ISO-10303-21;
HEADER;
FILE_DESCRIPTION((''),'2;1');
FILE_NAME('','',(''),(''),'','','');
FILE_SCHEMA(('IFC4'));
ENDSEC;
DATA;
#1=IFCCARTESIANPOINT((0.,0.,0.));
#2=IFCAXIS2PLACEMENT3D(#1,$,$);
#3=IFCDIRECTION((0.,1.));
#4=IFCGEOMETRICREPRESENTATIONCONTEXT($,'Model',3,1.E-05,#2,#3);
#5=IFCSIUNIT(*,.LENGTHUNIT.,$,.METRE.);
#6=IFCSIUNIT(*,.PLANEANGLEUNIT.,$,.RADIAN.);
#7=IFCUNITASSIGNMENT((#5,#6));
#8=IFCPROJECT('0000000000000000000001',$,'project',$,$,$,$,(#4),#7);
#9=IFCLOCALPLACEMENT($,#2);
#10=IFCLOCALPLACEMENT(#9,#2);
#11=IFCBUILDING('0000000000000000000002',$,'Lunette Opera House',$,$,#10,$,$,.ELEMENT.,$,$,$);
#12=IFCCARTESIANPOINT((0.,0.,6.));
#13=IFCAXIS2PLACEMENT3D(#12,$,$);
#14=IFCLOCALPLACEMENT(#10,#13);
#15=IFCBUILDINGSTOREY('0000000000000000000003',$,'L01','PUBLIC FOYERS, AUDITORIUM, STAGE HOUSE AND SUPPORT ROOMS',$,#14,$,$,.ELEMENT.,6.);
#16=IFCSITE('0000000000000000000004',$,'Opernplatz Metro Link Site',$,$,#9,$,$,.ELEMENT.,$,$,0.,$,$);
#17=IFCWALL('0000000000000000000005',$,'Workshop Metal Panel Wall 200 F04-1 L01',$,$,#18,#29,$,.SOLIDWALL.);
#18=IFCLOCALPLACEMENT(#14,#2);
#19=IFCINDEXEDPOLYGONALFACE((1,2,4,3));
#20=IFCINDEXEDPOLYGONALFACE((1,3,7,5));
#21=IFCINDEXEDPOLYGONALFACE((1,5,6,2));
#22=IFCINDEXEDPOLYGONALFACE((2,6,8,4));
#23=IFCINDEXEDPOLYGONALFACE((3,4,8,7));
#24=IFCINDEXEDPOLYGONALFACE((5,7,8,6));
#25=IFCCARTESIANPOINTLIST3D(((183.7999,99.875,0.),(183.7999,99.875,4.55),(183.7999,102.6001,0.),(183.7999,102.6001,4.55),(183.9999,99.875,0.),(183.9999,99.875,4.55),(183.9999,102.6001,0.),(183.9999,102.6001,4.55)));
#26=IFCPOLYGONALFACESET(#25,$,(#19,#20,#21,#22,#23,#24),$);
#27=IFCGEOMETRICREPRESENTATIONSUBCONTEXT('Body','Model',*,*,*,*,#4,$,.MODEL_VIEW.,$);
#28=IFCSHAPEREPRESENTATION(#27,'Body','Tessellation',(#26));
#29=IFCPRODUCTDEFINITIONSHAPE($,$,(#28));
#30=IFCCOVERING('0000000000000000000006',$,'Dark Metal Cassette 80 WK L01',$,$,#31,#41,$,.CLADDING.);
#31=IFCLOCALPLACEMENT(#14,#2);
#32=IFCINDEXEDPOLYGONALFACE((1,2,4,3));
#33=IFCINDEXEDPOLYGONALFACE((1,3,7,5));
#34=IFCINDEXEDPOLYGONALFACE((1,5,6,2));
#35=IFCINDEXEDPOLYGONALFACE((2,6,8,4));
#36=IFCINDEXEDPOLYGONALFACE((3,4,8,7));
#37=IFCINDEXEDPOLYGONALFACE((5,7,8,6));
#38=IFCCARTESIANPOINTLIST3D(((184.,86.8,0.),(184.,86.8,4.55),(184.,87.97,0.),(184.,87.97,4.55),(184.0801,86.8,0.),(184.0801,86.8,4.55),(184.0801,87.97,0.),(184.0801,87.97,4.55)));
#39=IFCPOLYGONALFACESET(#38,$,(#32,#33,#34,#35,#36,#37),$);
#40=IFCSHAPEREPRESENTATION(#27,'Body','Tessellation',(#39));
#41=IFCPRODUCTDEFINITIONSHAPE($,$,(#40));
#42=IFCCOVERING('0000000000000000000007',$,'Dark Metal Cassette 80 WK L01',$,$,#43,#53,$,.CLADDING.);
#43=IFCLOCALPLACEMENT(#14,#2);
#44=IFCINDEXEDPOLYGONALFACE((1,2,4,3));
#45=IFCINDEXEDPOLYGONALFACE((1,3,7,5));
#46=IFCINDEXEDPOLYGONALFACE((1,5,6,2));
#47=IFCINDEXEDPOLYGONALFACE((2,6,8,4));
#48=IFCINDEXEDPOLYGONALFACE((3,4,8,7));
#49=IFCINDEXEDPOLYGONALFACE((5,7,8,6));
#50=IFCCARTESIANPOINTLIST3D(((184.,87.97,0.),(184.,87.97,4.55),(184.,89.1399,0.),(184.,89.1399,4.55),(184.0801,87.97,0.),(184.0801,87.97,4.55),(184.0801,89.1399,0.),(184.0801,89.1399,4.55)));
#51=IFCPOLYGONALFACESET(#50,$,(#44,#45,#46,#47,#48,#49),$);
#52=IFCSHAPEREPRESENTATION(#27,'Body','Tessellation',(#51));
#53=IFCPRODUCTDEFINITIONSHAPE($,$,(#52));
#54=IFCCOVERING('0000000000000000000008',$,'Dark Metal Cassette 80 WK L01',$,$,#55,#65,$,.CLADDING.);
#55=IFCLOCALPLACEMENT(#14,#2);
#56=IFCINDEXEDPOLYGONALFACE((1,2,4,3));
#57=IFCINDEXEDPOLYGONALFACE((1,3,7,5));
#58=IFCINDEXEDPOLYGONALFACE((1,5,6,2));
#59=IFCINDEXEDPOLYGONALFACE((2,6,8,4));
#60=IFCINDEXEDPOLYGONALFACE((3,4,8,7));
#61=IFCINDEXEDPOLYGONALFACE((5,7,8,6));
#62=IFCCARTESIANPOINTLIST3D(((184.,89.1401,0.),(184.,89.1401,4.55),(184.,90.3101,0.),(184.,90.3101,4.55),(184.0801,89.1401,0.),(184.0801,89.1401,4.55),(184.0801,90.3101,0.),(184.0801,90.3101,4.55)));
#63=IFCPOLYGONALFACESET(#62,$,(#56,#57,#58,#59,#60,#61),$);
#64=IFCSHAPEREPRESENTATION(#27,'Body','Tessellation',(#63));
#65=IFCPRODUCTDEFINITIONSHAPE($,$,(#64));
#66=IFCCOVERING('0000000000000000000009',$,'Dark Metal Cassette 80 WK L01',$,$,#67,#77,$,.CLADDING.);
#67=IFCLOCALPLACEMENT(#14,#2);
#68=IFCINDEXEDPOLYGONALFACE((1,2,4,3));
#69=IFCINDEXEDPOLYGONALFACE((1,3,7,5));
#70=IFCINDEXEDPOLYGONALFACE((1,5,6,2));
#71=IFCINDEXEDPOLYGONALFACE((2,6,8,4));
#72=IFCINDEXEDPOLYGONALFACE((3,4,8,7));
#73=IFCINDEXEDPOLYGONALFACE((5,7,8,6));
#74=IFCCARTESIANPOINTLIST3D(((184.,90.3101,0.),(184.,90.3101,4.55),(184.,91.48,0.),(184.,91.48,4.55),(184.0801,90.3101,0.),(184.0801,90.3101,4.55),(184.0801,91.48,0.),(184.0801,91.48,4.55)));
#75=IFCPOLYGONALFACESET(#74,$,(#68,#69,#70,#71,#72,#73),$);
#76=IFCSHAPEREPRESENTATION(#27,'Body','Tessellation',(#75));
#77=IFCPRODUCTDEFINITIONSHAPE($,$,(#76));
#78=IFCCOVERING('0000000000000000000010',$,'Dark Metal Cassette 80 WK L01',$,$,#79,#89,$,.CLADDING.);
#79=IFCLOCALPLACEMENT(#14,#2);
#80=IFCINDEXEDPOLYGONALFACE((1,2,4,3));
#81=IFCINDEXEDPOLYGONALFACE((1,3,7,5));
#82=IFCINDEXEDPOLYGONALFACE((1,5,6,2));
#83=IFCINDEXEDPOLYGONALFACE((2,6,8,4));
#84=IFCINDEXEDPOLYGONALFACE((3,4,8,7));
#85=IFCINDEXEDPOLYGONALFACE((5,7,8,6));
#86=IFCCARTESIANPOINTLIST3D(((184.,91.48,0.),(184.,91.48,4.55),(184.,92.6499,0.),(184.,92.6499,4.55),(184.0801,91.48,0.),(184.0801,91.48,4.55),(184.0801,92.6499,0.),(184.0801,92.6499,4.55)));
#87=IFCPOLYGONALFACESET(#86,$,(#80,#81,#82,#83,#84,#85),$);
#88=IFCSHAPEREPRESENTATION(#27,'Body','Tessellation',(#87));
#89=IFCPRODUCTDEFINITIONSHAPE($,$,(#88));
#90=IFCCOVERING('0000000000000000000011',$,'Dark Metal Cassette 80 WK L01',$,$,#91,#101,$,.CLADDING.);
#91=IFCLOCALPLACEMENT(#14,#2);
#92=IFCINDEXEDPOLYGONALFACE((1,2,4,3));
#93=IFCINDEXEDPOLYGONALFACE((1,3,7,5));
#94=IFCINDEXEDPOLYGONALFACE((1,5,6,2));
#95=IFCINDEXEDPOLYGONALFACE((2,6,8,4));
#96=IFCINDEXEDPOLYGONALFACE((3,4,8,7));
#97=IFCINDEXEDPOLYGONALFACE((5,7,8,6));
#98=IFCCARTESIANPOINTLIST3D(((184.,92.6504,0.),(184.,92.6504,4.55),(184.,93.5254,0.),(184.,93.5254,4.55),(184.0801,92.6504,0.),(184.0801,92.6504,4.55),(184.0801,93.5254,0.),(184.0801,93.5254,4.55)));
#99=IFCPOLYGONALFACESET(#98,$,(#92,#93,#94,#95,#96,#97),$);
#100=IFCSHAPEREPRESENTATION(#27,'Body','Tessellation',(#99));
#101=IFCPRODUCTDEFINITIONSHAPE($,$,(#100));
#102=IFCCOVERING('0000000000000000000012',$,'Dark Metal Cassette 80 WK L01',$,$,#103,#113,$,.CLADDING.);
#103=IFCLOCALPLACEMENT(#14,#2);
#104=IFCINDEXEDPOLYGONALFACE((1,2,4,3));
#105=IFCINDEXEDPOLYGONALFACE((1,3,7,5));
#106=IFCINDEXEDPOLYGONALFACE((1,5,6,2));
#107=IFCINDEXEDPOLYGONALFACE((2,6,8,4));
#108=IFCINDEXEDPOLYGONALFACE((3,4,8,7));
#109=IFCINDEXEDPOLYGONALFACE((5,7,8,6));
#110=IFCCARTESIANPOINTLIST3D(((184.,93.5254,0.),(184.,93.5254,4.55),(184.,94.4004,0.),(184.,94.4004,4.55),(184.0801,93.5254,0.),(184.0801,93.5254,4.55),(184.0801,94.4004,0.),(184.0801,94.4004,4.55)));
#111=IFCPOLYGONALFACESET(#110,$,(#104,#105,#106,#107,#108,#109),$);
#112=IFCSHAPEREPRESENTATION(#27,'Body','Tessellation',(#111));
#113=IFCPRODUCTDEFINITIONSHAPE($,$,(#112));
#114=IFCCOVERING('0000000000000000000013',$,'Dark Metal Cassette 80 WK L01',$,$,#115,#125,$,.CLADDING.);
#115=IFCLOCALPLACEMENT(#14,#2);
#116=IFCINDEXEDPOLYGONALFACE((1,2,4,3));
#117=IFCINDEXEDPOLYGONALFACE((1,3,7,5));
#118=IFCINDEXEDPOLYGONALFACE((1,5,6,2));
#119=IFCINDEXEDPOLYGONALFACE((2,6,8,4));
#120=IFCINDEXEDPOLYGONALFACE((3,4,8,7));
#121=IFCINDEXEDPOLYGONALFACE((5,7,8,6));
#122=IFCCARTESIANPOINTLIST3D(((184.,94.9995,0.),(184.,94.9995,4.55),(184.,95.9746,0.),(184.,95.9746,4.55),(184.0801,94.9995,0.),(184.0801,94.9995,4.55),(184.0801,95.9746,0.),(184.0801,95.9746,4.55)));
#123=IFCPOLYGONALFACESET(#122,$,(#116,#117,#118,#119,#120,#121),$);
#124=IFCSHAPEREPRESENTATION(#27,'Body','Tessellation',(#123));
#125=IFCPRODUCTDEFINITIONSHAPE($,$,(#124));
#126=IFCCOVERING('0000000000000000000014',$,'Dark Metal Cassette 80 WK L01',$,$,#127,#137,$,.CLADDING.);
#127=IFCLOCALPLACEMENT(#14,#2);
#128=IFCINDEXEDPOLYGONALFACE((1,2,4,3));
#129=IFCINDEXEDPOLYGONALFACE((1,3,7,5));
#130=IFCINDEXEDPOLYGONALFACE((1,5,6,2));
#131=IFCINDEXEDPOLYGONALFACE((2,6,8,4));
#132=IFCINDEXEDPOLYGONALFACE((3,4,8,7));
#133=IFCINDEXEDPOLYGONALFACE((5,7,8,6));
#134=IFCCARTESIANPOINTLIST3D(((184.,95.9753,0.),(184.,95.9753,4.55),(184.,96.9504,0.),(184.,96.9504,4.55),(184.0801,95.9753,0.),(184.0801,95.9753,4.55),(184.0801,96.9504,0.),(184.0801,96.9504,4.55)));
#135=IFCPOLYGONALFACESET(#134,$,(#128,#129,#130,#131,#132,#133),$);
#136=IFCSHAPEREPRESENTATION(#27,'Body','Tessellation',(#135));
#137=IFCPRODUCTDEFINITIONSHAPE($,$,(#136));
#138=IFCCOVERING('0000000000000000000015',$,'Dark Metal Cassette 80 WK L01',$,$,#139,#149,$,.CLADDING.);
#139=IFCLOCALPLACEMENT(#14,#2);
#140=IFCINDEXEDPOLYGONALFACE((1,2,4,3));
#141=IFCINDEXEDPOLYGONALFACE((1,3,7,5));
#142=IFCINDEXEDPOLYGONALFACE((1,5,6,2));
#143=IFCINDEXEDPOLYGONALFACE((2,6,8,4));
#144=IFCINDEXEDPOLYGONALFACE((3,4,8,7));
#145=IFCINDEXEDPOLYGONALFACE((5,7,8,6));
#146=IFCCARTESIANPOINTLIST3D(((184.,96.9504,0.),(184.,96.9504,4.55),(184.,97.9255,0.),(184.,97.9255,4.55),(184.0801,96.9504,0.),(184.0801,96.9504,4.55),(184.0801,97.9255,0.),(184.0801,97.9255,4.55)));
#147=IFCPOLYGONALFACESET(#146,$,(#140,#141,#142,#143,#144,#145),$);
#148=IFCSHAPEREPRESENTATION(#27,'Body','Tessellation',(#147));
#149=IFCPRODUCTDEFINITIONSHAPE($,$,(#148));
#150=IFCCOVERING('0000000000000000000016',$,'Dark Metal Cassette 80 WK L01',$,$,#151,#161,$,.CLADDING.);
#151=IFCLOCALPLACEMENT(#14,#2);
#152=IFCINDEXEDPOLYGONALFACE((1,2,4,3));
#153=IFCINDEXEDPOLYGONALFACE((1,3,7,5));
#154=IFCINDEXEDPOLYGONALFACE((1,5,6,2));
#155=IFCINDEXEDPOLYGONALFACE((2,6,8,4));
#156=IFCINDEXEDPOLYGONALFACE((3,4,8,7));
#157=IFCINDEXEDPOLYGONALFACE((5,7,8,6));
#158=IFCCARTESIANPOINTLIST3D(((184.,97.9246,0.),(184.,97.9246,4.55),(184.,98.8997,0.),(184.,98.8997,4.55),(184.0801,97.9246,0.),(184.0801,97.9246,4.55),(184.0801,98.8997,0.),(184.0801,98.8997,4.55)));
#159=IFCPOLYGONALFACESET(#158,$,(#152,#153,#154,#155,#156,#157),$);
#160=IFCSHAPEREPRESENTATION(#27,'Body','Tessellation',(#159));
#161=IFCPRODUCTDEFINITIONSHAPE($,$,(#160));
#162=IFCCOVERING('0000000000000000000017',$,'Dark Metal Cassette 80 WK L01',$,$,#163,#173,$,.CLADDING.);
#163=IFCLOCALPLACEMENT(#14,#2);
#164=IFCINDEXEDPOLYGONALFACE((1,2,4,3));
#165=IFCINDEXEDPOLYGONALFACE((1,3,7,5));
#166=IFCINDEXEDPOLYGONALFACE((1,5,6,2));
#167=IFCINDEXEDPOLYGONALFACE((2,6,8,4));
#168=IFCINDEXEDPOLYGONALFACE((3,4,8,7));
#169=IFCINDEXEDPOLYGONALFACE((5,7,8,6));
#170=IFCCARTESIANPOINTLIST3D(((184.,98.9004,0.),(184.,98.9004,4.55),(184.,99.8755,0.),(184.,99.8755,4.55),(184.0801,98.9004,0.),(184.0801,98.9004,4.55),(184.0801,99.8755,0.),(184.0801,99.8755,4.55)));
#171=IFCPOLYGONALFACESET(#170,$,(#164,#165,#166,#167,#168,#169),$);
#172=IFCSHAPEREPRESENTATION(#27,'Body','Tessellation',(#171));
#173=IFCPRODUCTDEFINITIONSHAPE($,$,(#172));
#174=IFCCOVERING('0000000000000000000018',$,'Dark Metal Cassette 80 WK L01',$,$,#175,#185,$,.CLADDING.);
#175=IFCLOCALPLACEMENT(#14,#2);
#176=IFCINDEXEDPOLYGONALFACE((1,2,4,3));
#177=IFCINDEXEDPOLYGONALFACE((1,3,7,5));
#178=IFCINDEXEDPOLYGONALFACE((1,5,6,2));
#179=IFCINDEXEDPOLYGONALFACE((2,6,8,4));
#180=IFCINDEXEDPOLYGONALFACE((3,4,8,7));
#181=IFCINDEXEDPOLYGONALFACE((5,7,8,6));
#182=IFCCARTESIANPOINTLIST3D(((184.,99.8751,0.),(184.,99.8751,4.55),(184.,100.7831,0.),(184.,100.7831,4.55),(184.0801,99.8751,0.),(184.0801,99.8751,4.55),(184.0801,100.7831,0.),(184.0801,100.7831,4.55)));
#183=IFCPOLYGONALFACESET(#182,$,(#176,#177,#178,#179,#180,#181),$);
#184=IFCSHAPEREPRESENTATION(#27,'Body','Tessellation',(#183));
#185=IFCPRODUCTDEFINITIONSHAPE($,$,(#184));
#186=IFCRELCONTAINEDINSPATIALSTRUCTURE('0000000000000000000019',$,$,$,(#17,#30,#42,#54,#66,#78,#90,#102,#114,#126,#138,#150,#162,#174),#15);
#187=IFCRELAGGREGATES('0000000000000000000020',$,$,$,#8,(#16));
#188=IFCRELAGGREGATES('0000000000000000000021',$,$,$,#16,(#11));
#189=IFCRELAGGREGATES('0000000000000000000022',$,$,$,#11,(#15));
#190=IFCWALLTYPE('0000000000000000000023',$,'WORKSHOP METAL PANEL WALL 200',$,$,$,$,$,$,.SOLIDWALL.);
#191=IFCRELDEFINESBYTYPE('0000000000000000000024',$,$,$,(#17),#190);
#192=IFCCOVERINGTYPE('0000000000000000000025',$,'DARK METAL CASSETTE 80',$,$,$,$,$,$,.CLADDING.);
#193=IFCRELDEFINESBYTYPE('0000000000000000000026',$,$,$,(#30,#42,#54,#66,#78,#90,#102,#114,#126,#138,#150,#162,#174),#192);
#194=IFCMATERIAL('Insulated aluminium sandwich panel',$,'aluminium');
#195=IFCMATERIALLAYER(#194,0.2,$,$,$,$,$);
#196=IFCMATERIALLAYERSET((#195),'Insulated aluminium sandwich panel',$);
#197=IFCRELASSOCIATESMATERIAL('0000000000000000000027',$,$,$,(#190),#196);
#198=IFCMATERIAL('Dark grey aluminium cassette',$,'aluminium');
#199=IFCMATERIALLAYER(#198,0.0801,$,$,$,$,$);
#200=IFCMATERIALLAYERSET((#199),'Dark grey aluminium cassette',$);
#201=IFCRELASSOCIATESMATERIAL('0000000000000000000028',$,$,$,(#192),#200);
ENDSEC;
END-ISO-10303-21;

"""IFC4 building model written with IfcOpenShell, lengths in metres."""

from ifc_helpers import new_model, si_unit, direction, frame, frame_2d, origin, origin_2d, place, context, subcontext, project, spatial, rectangle, extrude, material, layer, layer_set, type_object, element, save


model = new_model("IFC4")

# Units and contexts
model_context = context("Model", 3, precision=1e-05, world=origin(), true_north=direction((0.0, 1.0)))
body_context = subcontext(model_context, "Body", "Model", "MODEL_VIEW")
ifc_project = project(units=[si_unit("LENGTHUNIT", "METRE"), si_unit("PLANEANGLEUNIT", "RADIAN")], contexts=[model_context])

# Site, building, storey
site_placement = place(None, origin())
site = spatial("IfcSite", under=ifc_project, at=site_placement, Name="Opernplatz Metro Link Site", CompositionType="ELEMENT", RefElevation=0.0)
building_placement = place(site_placement, origin())
building = spatial("IfcBuilding", under=site, at=building_placement, Name="Lunette Opera House", CompositionType="ELEMENT")
storey_placement = place(building_placement, frame((0.0, 0.0, 6.0)))
storey = spatial("IfcBuildingStorey", under=building, at=storey_placement, Name="L01", Description="PUBLIC FOYERS, AUDITORIUM, STAGE HOUSE AND SUPPORT ROOMS", CompositionType="ELEMENT", Elevation=6.0)

# Wall
ifc_material_1 = material(Name="Insulated aluminium sandwich panel", Category="aluminium")
ifc_layer_1 = layer(ifc_material_1, 0.2)
ifc_layer_set_1 = layer_set([ifc_layer_1], Name="Insulated aluminium sandwich panel")
wall_type_1 = type_object("IfcWallType", Name="WORKSHOP METAL PANEL WALL 200", PredefinedType="SOLIDWALL", material=ifc_layer_set_1)
wall_1_placement = place(storey_placement, frame((183.8999, 99.875, 0.0), z_axis=(0.0, 0.0, 1.0), x_axis=(0.0, 1.0, 0.0)))
element("IfcWall", 1, at=wall_1_placement, inside=storey, type_object=wall_type_1, Name="Workshop Metal Panel Wall 200 F04-1 L01", PredefinedType="SOLIDWALL", context=body_context, shape_type="SweptSolid", body=[
    extrude(rectangle(XDim=2.7251, YDim=0.2, at=frame_2d((1.3625, 0.0))), origin(), (0.0, 0.0, 1.0), 4.55),
])

# Coverings
ifc_material_2 = material(Name="Dark grey aluminium cassette", Category="aluminium")
ifc_layer_2 = layer(ifc_material_2, 0.0801)
ifc_layer_set_2 = layer_set([ifc_layer_2], Name="Dark grey aluminium cassette")
covering_type = type_object("IfcCoveringType", Name="DARK METAL CASSETTE 80", PredefinedType="CLADDING", material=ifc_layer_set_2)
for number, where, z_axis, x_axis, name in (
    (2, (184.04, 87.385, 0.0), (0.0, 0.0, 1.0), (0.0, 1.0, 0.0), "Dark Metal Cassette 80 WK L01"),
    (3, (184.04, 88.5549, 0.0), (0.0, 0.0, 1.0), (0.0, 1.0, 0.0), "Dark Metal Cassette 80 WK L01"),
    (4, (184.04, 89.7251, 0.0), (0.0, 0.0, 1.0), (0.0, 1.0, 0.0), "Dark Metal Cassette 80 WK L01"),
    (5, (184.04, 90.895, 0.0), (0.0, 0.0, 1.0), (0.0, 1.0, 0.0), "Dark Metal Cassette 80 WK L01"),
    (6, (184.04, 92.0649, 0.0), (0.0, 0.0, 1.0), (0.0, 1.0, 0.0), "Dark Metal Cassette 80 WK L01"),
):
    element("IfcCovering", number, at=place(storey_placement, frame(where, z_axis=z_axis, x_axis=x_axis)), inside=storey, type_object=covering_type, Name=name, PredefinedType="CLADDING", context=body_context, shape_type="SweptSolid", body=[
        extrude(rectangle(XDim=1.1699, YDim=0.0801, at=origin_2d()), origin(), (0.0, 0.0, 1.0), 4.55),
    ])
for number, where, z_axis, x_axis, name in (
    (7, (184.04, 93.0879, 0.0), (0.0, 0.0, 1.0), (0.0, 1.0, 0.0), "Dark Metal Cassette 80 WK L01"),
    (8, (184.04, 93.9629, 0.0), (0.0, 0.0, 1.0), (0.0, 1.0, 0.0), "Dark Metal Cassette 80 WK L01"),
):
    element("IfcCovering", number, at=place(storey_placement, frame(where, z_axis=z_axis, x_axis=x_axis)), inside=storey, type_object=covering_type, Name=name, PredefinedType="CLADDING", context=body_context, shape_type="SweptSolid", body=[
        extrude(rectangle(XDim=0.875, YDim=0.0801, at=origin_2d()), origin(), (0.0, 0.0, 1.0), 4.55),
    ])
for number, where, z_axis, x_axis, name in (
    (9, (184.04, 95.4871, 0.0), (0.0, 0.0, 1.0), (0.0, 1.0, 0.0), "Dark Metal Cassette 80 WK L01"),
    (10, (184.04, 96.4629, 0.0), (0.0, 0.0, 1.0), (0.0, 1.0, 0.0), "Dark Metal Cassette 80 WK L01"),
    (11, (184.04, 97.438, 0.0), (0.0, 0.0, 1.0), (0.0, 1.0, 0.0), "Dark Metal Cassette 80 WK L01"),
    (12, (184.04, 98.4121, 0.0), (0.0, 0.0, 1.0), (0.0, 1.0, 0.0), "Dark Metal Cassette 80 WK L01"),
    (13, (184.04, 99.3879, 0.0), (0.0, 0.0, 1.0), (0.0, 1.0, 0.0), "Dark Metal Cassette 80 WK L01"),
):
    element("IfcCovering", number, at=place(storey_placement, frame(where, z_axis=z_axis, x_axis=x_axis)), inside=storey, type_object=covering_type, Name=name, PredefinedType="CLADDING", context=body_context, shape_type="SweptSolid", body=[
        extrude(rectangle(XDim=0.9751, YDim=0.0801, at=origin_2d()), origin(), (0.0, 0.0, 1.0), 4.55),
    ])
covering_placement = place(storey_placement, frame((184.04, 100.3291, 0.0), z_axis=(0.0, 0.0, 1.0), x_axis=(0.0, 1.0, 0.0)))
element("IfcCovering", 14, at=covering_placement, inside=storey, type_object=covering_type, Name="Dark Metal Cassette 80 WK L01", PredefinedType="CLADDING", context=body_context, shape_type="SweptSolid", body=[
    extrude(rectangle(XDim=0.908, YDim=0.0801, at=origin_2d()), origin(), (0.0, 0.0, 1.0), 4.55),
])

save(model, "model.ifc")
